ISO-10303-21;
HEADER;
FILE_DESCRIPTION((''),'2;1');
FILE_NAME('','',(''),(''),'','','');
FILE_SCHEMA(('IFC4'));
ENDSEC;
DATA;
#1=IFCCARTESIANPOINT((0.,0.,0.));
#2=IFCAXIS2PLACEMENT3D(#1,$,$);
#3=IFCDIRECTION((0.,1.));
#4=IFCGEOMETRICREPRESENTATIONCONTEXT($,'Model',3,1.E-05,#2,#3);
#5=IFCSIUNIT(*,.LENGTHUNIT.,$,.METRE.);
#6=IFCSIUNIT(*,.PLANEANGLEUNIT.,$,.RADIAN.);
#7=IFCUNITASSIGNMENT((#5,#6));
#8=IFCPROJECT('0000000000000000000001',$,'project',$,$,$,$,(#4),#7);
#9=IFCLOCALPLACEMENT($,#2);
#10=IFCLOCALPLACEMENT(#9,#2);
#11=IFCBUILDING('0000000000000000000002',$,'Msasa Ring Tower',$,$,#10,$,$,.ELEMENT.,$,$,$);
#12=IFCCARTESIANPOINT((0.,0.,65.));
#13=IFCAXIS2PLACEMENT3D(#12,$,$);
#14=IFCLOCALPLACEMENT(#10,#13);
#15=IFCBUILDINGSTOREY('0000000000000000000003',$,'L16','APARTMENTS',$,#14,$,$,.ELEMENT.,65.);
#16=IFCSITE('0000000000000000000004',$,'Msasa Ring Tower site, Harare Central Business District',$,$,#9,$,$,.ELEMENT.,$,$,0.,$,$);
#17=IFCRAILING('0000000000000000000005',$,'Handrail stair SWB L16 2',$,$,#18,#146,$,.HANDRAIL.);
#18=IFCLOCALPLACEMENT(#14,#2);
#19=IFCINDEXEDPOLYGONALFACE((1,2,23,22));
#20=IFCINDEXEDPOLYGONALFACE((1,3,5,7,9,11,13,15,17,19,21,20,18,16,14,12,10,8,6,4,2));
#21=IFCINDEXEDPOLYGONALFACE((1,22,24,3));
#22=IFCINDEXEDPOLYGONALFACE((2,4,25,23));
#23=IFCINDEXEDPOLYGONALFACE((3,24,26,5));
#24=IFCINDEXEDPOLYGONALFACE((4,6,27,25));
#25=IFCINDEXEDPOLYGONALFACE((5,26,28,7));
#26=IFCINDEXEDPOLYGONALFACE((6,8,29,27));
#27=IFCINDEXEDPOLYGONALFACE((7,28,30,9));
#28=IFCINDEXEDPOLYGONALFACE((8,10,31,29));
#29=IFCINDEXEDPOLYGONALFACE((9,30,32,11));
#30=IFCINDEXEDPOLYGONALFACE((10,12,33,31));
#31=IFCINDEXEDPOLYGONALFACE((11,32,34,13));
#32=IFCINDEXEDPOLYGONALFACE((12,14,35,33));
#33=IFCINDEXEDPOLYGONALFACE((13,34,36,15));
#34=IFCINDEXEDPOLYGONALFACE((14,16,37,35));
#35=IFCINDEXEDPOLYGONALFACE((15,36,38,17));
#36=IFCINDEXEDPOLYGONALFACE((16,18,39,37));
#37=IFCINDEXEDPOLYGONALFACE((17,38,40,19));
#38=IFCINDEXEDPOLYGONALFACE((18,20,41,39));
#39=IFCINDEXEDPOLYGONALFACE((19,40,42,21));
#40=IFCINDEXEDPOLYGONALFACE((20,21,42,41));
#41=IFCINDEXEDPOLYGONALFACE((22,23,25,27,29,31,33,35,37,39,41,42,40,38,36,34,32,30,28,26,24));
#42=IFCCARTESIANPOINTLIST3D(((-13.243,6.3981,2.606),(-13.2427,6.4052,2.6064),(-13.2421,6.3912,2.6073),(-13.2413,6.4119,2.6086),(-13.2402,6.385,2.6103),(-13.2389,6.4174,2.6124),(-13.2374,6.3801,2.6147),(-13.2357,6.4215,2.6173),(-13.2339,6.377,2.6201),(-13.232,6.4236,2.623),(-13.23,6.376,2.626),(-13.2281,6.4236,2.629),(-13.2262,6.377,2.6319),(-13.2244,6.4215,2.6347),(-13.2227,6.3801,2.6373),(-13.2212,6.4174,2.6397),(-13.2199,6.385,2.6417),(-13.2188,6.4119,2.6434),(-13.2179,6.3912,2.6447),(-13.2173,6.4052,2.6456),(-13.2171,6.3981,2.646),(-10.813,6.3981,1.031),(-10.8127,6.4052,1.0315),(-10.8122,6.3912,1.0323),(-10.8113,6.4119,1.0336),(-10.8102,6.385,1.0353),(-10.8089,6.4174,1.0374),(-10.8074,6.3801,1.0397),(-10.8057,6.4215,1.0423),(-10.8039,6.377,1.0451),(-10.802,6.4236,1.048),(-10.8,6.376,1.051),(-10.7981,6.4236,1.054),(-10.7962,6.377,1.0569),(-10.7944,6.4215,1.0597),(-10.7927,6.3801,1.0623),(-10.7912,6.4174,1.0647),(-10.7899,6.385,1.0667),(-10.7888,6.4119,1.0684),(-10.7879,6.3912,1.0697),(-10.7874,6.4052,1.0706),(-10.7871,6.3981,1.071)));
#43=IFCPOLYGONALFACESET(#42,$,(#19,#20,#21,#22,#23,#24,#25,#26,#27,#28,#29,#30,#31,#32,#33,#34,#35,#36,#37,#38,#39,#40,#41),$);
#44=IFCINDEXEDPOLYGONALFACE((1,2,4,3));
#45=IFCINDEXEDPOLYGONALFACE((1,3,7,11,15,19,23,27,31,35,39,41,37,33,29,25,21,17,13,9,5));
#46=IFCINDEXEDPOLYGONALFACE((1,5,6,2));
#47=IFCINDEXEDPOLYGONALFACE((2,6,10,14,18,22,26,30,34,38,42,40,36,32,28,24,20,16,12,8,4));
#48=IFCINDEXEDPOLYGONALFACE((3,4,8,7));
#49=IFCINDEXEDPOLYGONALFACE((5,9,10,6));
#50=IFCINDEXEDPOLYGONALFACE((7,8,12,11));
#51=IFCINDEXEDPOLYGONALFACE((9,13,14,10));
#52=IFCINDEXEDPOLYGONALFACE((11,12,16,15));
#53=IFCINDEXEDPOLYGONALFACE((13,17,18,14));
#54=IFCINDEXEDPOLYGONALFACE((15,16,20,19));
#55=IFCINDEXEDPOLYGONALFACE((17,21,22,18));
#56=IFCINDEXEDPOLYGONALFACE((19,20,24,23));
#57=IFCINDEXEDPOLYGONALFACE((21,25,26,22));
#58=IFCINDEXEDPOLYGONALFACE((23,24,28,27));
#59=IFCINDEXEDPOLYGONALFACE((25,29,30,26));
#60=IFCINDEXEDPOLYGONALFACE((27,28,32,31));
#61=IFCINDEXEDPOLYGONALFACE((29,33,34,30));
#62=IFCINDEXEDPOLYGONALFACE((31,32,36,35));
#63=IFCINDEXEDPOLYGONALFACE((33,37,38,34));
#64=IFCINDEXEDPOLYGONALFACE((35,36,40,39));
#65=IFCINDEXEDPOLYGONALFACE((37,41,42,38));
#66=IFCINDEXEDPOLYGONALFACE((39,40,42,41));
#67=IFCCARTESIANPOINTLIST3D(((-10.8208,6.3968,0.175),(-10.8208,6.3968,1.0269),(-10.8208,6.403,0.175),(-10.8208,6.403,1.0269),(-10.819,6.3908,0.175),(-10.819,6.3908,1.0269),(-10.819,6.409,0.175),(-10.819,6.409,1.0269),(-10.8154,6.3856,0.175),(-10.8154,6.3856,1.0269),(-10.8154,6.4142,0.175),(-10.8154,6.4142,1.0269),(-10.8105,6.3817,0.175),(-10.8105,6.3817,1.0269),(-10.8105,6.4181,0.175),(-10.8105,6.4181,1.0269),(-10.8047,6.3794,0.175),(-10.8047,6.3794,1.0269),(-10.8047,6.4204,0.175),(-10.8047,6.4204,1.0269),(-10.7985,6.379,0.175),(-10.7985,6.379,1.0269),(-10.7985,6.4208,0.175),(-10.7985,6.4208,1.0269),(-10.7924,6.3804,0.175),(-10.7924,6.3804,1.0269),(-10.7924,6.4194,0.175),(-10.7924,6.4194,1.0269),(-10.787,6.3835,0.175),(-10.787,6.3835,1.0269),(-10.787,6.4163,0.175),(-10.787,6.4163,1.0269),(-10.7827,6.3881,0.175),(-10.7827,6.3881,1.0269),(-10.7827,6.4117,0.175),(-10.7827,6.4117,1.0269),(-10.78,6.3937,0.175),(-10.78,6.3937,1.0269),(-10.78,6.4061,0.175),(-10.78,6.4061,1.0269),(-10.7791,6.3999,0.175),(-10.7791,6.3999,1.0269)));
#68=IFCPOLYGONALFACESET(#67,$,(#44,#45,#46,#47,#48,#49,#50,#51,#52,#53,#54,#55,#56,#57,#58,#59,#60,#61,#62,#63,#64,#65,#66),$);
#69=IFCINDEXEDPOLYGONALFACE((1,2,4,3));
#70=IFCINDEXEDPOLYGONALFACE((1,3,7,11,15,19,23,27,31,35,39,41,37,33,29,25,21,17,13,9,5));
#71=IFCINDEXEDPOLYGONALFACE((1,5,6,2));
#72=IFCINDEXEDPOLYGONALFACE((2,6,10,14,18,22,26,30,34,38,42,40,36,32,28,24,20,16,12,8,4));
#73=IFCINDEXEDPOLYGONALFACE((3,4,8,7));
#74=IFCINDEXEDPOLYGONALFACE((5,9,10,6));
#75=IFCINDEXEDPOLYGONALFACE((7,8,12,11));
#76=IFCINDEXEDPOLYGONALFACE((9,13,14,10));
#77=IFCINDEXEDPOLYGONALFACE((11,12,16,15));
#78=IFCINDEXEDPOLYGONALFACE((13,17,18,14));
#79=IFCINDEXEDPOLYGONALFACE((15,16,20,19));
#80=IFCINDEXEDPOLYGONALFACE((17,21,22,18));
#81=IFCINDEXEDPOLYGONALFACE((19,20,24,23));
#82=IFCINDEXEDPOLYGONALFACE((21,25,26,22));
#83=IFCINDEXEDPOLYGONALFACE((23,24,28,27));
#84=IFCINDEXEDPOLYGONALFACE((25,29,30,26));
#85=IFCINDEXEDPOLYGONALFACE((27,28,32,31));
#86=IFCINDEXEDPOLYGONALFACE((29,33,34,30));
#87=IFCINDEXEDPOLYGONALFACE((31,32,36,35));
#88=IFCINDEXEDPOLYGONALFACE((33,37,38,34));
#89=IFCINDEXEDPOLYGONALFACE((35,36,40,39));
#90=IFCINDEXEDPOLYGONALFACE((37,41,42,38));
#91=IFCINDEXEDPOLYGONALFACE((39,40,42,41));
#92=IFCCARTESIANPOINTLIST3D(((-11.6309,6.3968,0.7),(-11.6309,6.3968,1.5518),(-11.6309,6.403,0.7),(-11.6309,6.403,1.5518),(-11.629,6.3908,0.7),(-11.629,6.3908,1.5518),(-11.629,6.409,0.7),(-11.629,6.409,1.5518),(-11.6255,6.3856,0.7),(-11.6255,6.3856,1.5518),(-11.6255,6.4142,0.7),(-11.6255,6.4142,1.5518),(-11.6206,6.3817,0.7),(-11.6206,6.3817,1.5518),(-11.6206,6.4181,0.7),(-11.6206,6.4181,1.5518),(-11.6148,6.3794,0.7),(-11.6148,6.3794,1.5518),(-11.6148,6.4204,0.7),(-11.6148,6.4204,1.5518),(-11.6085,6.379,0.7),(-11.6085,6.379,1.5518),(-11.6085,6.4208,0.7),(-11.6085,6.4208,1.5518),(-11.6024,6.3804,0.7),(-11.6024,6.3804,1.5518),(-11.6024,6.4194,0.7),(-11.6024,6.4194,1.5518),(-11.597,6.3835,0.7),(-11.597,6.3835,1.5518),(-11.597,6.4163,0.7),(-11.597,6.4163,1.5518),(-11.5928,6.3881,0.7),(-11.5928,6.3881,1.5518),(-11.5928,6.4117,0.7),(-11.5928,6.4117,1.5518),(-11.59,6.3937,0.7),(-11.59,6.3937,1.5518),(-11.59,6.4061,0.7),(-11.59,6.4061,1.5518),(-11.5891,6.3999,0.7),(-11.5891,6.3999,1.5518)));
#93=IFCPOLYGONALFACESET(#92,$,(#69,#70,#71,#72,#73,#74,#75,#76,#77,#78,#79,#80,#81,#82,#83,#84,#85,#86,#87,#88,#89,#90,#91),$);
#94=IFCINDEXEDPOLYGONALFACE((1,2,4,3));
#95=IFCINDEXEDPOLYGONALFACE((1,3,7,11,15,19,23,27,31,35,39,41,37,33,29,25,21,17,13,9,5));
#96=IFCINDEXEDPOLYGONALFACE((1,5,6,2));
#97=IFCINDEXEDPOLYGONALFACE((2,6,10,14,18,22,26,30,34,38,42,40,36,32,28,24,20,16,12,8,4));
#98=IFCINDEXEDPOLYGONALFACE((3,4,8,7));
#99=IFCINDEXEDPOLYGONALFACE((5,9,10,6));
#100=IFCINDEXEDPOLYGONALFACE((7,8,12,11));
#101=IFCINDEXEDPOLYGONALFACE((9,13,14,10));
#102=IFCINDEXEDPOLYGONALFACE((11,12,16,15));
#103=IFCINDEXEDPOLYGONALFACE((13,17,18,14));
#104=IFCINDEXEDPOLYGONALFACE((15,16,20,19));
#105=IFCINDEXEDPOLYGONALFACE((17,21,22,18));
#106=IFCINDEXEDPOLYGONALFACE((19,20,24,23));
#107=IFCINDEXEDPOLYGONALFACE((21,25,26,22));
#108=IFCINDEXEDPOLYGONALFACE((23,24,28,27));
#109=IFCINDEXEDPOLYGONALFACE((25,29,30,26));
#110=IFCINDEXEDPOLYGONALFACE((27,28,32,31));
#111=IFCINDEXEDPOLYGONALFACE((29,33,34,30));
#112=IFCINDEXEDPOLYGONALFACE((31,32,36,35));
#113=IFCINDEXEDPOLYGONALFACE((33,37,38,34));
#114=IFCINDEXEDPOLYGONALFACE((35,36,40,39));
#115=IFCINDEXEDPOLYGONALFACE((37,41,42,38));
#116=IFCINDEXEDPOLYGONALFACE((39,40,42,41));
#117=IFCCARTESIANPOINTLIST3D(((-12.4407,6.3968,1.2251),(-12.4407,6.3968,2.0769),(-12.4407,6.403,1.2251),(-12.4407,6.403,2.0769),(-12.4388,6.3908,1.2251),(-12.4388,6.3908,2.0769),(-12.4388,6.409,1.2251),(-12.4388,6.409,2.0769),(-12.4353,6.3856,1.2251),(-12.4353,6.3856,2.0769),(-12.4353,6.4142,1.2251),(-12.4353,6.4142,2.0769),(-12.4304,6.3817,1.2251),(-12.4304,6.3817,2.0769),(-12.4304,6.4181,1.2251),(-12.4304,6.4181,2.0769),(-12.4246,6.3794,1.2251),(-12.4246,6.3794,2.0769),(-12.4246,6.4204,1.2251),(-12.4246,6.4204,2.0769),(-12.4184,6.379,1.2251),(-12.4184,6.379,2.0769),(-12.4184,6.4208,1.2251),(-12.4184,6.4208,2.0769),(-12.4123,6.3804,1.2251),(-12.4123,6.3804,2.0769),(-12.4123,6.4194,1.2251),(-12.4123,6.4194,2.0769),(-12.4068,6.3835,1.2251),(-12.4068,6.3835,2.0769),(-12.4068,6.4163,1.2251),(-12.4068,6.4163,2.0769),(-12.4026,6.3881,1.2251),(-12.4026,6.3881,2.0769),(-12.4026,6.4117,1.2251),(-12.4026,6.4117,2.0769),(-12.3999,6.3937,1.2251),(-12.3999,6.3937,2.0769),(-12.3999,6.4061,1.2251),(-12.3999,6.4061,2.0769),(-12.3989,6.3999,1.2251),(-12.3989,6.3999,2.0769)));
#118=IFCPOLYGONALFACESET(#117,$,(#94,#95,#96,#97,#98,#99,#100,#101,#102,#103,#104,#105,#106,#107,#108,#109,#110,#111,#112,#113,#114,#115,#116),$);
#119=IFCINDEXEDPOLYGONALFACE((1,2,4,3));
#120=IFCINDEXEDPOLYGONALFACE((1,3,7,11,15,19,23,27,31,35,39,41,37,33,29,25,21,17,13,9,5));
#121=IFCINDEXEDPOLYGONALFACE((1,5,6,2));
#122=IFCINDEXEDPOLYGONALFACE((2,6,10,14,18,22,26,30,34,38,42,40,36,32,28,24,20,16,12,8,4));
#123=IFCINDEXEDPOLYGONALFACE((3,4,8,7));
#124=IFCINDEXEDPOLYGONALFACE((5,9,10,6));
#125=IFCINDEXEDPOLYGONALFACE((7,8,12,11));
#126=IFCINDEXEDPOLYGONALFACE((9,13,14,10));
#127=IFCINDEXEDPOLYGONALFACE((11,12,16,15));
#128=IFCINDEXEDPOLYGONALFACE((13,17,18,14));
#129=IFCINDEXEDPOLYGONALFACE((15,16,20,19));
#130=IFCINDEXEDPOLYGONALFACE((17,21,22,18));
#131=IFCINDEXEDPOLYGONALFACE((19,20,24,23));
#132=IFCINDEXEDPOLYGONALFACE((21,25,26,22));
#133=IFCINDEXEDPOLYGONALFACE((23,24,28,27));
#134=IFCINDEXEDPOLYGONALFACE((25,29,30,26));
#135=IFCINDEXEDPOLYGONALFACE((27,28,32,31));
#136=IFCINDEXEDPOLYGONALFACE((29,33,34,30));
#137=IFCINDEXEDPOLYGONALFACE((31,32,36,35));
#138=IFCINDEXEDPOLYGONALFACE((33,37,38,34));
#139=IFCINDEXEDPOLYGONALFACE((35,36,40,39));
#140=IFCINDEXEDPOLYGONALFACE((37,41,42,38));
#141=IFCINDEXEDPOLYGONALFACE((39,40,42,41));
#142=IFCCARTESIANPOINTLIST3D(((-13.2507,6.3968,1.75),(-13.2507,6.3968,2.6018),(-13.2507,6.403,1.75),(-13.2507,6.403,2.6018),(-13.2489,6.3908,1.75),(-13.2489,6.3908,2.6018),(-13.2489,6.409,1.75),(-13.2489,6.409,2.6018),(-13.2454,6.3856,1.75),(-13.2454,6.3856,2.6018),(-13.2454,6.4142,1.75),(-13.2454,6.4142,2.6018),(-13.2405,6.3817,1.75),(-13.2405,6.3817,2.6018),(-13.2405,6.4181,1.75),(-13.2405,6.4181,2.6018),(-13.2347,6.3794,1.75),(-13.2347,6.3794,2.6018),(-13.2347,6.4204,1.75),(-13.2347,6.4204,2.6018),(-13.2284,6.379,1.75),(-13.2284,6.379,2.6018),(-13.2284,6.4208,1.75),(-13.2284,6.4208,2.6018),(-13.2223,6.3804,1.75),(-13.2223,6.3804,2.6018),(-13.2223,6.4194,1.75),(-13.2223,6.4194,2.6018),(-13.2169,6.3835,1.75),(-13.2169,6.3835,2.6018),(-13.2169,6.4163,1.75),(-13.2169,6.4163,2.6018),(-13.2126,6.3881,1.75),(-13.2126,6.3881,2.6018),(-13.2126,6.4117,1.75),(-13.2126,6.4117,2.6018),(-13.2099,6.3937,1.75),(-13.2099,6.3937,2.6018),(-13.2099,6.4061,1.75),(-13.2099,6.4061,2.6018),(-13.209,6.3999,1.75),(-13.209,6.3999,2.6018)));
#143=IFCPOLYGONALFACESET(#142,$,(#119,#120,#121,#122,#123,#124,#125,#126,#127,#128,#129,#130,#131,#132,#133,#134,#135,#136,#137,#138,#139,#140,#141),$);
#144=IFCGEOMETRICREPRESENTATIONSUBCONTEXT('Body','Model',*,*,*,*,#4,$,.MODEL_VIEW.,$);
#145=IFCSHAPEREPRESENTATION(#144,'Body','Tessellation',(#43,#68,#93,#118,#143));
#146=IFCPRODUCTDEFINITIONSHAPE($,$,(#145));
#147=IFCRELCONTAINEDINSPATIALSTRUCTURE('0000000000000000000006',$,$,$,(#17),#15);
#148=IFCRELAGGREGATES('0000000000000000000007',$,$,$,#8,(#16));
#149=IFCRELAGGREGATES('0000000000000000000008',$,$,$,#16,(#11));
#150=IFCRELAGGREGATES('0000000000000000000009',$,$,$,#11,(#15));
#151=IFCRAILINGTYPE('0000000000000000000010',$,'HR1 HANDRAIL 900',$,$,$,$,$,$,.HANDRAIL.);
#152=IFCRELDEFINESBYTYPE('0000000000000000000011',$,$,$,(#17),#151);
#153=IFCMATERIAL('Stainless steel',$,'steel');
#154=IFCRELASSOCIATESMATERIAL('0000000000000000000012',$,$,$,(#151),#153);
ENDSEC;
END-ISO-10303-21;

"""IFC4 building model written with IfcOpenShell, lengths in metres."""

from ifc_helpers import new_model, si_unit, direction, frame, origin, origin_2d, place, context, subcontext, project, spatial, circle, extrude, material, type_object, element, save


model = new_model("IFC4")

# Units and contexts
model_context = context("Model", 3, precision=1e-05, world=origin(), true_north=direction((0.0, 1.0)))
body_context = subcontext(model_context, "Body", "Model", "MODEL_VIEW")
ifc_project = project(units=[si_unit("LENGTHUNIT", "METRE"), si_unit("PLANEANGLEUNIT", "RADIAN")], contexts=[model_context])

# Site, building, storey
site_placement = place(None, origin())
site = spatial("IfcSite", under=ifc_project, at=site_placement, Name="Msasa Ring Tower site, Harare Central Business District", CompositionType="ELEMENT", RefElevation=0.0)
building_placement = place(site_placement, origin())
building = spatial("IfcBuilding", under=site, at=building_placement, Name="Msasa Ring Tower", CompositionType="ELEMENT")
storey_placement = place(building_placement, frame((0.0, 0.0, 65.0)))
storey = spatial("IfcBuildingStorey", under=building, at=storey_placement, Name="L16", Description="APARTMENTS", CompositionType="ELEMENT", Elevation=65.0)

# Railing
ifc_material_1 = material(Name="Stainless steel", Category="steel")
railing_type = type_object("IfcRailingType", Name="HR1 HANDRAIL 900", PredefinedType="HANDRAIL", material=ifc_material_1)
for number, where, name in (
    (1, (-10.8, 6.3999, 0.175), "Handrail stair SWB L16 2"),
):
    element("IfcRailing", number, at=place(storey_placement, frame(where)), inside=storey, type_object=railing_type, Name=name, PredefinedType="HANDRAIL", context=body_context, shape_type="SweptSolid", body=[
        extrude(circle(Radius=0.0239, at=origin_2d()), frame((0.0, 0.0, 0.876), z_axis=(-0.839154, 0.0, 0.543894), x_axis=(0.0, -1.0, 0.0)), (0.0, 0.0, 1.0), 2.8958),
        extrude(circle(Radius=0.021, at=origin_2d()), origin(), (0.0, 0.0, 1.0), 0.8518),
        extrude(circle(Radius=0.021, at=origin_2d()), frame((-0.8101, 0.0, 0.5249)), (0.0, 0.0, 1.0), 0.8518),
        extrude(circle(Radius=0.021, at=origin_2d()), frame((-1.6199, 0.0, 1.05)), (0.0, 0.0, 1.0), 0.8518),
        extrude(circle(Radius=0.021, at=origin_2d()), frame((-2.4299, 0.0, 1.575)), (0.0, 0.0, 1.0), 0.8518),
    ])

save(model, "model.ifc")
